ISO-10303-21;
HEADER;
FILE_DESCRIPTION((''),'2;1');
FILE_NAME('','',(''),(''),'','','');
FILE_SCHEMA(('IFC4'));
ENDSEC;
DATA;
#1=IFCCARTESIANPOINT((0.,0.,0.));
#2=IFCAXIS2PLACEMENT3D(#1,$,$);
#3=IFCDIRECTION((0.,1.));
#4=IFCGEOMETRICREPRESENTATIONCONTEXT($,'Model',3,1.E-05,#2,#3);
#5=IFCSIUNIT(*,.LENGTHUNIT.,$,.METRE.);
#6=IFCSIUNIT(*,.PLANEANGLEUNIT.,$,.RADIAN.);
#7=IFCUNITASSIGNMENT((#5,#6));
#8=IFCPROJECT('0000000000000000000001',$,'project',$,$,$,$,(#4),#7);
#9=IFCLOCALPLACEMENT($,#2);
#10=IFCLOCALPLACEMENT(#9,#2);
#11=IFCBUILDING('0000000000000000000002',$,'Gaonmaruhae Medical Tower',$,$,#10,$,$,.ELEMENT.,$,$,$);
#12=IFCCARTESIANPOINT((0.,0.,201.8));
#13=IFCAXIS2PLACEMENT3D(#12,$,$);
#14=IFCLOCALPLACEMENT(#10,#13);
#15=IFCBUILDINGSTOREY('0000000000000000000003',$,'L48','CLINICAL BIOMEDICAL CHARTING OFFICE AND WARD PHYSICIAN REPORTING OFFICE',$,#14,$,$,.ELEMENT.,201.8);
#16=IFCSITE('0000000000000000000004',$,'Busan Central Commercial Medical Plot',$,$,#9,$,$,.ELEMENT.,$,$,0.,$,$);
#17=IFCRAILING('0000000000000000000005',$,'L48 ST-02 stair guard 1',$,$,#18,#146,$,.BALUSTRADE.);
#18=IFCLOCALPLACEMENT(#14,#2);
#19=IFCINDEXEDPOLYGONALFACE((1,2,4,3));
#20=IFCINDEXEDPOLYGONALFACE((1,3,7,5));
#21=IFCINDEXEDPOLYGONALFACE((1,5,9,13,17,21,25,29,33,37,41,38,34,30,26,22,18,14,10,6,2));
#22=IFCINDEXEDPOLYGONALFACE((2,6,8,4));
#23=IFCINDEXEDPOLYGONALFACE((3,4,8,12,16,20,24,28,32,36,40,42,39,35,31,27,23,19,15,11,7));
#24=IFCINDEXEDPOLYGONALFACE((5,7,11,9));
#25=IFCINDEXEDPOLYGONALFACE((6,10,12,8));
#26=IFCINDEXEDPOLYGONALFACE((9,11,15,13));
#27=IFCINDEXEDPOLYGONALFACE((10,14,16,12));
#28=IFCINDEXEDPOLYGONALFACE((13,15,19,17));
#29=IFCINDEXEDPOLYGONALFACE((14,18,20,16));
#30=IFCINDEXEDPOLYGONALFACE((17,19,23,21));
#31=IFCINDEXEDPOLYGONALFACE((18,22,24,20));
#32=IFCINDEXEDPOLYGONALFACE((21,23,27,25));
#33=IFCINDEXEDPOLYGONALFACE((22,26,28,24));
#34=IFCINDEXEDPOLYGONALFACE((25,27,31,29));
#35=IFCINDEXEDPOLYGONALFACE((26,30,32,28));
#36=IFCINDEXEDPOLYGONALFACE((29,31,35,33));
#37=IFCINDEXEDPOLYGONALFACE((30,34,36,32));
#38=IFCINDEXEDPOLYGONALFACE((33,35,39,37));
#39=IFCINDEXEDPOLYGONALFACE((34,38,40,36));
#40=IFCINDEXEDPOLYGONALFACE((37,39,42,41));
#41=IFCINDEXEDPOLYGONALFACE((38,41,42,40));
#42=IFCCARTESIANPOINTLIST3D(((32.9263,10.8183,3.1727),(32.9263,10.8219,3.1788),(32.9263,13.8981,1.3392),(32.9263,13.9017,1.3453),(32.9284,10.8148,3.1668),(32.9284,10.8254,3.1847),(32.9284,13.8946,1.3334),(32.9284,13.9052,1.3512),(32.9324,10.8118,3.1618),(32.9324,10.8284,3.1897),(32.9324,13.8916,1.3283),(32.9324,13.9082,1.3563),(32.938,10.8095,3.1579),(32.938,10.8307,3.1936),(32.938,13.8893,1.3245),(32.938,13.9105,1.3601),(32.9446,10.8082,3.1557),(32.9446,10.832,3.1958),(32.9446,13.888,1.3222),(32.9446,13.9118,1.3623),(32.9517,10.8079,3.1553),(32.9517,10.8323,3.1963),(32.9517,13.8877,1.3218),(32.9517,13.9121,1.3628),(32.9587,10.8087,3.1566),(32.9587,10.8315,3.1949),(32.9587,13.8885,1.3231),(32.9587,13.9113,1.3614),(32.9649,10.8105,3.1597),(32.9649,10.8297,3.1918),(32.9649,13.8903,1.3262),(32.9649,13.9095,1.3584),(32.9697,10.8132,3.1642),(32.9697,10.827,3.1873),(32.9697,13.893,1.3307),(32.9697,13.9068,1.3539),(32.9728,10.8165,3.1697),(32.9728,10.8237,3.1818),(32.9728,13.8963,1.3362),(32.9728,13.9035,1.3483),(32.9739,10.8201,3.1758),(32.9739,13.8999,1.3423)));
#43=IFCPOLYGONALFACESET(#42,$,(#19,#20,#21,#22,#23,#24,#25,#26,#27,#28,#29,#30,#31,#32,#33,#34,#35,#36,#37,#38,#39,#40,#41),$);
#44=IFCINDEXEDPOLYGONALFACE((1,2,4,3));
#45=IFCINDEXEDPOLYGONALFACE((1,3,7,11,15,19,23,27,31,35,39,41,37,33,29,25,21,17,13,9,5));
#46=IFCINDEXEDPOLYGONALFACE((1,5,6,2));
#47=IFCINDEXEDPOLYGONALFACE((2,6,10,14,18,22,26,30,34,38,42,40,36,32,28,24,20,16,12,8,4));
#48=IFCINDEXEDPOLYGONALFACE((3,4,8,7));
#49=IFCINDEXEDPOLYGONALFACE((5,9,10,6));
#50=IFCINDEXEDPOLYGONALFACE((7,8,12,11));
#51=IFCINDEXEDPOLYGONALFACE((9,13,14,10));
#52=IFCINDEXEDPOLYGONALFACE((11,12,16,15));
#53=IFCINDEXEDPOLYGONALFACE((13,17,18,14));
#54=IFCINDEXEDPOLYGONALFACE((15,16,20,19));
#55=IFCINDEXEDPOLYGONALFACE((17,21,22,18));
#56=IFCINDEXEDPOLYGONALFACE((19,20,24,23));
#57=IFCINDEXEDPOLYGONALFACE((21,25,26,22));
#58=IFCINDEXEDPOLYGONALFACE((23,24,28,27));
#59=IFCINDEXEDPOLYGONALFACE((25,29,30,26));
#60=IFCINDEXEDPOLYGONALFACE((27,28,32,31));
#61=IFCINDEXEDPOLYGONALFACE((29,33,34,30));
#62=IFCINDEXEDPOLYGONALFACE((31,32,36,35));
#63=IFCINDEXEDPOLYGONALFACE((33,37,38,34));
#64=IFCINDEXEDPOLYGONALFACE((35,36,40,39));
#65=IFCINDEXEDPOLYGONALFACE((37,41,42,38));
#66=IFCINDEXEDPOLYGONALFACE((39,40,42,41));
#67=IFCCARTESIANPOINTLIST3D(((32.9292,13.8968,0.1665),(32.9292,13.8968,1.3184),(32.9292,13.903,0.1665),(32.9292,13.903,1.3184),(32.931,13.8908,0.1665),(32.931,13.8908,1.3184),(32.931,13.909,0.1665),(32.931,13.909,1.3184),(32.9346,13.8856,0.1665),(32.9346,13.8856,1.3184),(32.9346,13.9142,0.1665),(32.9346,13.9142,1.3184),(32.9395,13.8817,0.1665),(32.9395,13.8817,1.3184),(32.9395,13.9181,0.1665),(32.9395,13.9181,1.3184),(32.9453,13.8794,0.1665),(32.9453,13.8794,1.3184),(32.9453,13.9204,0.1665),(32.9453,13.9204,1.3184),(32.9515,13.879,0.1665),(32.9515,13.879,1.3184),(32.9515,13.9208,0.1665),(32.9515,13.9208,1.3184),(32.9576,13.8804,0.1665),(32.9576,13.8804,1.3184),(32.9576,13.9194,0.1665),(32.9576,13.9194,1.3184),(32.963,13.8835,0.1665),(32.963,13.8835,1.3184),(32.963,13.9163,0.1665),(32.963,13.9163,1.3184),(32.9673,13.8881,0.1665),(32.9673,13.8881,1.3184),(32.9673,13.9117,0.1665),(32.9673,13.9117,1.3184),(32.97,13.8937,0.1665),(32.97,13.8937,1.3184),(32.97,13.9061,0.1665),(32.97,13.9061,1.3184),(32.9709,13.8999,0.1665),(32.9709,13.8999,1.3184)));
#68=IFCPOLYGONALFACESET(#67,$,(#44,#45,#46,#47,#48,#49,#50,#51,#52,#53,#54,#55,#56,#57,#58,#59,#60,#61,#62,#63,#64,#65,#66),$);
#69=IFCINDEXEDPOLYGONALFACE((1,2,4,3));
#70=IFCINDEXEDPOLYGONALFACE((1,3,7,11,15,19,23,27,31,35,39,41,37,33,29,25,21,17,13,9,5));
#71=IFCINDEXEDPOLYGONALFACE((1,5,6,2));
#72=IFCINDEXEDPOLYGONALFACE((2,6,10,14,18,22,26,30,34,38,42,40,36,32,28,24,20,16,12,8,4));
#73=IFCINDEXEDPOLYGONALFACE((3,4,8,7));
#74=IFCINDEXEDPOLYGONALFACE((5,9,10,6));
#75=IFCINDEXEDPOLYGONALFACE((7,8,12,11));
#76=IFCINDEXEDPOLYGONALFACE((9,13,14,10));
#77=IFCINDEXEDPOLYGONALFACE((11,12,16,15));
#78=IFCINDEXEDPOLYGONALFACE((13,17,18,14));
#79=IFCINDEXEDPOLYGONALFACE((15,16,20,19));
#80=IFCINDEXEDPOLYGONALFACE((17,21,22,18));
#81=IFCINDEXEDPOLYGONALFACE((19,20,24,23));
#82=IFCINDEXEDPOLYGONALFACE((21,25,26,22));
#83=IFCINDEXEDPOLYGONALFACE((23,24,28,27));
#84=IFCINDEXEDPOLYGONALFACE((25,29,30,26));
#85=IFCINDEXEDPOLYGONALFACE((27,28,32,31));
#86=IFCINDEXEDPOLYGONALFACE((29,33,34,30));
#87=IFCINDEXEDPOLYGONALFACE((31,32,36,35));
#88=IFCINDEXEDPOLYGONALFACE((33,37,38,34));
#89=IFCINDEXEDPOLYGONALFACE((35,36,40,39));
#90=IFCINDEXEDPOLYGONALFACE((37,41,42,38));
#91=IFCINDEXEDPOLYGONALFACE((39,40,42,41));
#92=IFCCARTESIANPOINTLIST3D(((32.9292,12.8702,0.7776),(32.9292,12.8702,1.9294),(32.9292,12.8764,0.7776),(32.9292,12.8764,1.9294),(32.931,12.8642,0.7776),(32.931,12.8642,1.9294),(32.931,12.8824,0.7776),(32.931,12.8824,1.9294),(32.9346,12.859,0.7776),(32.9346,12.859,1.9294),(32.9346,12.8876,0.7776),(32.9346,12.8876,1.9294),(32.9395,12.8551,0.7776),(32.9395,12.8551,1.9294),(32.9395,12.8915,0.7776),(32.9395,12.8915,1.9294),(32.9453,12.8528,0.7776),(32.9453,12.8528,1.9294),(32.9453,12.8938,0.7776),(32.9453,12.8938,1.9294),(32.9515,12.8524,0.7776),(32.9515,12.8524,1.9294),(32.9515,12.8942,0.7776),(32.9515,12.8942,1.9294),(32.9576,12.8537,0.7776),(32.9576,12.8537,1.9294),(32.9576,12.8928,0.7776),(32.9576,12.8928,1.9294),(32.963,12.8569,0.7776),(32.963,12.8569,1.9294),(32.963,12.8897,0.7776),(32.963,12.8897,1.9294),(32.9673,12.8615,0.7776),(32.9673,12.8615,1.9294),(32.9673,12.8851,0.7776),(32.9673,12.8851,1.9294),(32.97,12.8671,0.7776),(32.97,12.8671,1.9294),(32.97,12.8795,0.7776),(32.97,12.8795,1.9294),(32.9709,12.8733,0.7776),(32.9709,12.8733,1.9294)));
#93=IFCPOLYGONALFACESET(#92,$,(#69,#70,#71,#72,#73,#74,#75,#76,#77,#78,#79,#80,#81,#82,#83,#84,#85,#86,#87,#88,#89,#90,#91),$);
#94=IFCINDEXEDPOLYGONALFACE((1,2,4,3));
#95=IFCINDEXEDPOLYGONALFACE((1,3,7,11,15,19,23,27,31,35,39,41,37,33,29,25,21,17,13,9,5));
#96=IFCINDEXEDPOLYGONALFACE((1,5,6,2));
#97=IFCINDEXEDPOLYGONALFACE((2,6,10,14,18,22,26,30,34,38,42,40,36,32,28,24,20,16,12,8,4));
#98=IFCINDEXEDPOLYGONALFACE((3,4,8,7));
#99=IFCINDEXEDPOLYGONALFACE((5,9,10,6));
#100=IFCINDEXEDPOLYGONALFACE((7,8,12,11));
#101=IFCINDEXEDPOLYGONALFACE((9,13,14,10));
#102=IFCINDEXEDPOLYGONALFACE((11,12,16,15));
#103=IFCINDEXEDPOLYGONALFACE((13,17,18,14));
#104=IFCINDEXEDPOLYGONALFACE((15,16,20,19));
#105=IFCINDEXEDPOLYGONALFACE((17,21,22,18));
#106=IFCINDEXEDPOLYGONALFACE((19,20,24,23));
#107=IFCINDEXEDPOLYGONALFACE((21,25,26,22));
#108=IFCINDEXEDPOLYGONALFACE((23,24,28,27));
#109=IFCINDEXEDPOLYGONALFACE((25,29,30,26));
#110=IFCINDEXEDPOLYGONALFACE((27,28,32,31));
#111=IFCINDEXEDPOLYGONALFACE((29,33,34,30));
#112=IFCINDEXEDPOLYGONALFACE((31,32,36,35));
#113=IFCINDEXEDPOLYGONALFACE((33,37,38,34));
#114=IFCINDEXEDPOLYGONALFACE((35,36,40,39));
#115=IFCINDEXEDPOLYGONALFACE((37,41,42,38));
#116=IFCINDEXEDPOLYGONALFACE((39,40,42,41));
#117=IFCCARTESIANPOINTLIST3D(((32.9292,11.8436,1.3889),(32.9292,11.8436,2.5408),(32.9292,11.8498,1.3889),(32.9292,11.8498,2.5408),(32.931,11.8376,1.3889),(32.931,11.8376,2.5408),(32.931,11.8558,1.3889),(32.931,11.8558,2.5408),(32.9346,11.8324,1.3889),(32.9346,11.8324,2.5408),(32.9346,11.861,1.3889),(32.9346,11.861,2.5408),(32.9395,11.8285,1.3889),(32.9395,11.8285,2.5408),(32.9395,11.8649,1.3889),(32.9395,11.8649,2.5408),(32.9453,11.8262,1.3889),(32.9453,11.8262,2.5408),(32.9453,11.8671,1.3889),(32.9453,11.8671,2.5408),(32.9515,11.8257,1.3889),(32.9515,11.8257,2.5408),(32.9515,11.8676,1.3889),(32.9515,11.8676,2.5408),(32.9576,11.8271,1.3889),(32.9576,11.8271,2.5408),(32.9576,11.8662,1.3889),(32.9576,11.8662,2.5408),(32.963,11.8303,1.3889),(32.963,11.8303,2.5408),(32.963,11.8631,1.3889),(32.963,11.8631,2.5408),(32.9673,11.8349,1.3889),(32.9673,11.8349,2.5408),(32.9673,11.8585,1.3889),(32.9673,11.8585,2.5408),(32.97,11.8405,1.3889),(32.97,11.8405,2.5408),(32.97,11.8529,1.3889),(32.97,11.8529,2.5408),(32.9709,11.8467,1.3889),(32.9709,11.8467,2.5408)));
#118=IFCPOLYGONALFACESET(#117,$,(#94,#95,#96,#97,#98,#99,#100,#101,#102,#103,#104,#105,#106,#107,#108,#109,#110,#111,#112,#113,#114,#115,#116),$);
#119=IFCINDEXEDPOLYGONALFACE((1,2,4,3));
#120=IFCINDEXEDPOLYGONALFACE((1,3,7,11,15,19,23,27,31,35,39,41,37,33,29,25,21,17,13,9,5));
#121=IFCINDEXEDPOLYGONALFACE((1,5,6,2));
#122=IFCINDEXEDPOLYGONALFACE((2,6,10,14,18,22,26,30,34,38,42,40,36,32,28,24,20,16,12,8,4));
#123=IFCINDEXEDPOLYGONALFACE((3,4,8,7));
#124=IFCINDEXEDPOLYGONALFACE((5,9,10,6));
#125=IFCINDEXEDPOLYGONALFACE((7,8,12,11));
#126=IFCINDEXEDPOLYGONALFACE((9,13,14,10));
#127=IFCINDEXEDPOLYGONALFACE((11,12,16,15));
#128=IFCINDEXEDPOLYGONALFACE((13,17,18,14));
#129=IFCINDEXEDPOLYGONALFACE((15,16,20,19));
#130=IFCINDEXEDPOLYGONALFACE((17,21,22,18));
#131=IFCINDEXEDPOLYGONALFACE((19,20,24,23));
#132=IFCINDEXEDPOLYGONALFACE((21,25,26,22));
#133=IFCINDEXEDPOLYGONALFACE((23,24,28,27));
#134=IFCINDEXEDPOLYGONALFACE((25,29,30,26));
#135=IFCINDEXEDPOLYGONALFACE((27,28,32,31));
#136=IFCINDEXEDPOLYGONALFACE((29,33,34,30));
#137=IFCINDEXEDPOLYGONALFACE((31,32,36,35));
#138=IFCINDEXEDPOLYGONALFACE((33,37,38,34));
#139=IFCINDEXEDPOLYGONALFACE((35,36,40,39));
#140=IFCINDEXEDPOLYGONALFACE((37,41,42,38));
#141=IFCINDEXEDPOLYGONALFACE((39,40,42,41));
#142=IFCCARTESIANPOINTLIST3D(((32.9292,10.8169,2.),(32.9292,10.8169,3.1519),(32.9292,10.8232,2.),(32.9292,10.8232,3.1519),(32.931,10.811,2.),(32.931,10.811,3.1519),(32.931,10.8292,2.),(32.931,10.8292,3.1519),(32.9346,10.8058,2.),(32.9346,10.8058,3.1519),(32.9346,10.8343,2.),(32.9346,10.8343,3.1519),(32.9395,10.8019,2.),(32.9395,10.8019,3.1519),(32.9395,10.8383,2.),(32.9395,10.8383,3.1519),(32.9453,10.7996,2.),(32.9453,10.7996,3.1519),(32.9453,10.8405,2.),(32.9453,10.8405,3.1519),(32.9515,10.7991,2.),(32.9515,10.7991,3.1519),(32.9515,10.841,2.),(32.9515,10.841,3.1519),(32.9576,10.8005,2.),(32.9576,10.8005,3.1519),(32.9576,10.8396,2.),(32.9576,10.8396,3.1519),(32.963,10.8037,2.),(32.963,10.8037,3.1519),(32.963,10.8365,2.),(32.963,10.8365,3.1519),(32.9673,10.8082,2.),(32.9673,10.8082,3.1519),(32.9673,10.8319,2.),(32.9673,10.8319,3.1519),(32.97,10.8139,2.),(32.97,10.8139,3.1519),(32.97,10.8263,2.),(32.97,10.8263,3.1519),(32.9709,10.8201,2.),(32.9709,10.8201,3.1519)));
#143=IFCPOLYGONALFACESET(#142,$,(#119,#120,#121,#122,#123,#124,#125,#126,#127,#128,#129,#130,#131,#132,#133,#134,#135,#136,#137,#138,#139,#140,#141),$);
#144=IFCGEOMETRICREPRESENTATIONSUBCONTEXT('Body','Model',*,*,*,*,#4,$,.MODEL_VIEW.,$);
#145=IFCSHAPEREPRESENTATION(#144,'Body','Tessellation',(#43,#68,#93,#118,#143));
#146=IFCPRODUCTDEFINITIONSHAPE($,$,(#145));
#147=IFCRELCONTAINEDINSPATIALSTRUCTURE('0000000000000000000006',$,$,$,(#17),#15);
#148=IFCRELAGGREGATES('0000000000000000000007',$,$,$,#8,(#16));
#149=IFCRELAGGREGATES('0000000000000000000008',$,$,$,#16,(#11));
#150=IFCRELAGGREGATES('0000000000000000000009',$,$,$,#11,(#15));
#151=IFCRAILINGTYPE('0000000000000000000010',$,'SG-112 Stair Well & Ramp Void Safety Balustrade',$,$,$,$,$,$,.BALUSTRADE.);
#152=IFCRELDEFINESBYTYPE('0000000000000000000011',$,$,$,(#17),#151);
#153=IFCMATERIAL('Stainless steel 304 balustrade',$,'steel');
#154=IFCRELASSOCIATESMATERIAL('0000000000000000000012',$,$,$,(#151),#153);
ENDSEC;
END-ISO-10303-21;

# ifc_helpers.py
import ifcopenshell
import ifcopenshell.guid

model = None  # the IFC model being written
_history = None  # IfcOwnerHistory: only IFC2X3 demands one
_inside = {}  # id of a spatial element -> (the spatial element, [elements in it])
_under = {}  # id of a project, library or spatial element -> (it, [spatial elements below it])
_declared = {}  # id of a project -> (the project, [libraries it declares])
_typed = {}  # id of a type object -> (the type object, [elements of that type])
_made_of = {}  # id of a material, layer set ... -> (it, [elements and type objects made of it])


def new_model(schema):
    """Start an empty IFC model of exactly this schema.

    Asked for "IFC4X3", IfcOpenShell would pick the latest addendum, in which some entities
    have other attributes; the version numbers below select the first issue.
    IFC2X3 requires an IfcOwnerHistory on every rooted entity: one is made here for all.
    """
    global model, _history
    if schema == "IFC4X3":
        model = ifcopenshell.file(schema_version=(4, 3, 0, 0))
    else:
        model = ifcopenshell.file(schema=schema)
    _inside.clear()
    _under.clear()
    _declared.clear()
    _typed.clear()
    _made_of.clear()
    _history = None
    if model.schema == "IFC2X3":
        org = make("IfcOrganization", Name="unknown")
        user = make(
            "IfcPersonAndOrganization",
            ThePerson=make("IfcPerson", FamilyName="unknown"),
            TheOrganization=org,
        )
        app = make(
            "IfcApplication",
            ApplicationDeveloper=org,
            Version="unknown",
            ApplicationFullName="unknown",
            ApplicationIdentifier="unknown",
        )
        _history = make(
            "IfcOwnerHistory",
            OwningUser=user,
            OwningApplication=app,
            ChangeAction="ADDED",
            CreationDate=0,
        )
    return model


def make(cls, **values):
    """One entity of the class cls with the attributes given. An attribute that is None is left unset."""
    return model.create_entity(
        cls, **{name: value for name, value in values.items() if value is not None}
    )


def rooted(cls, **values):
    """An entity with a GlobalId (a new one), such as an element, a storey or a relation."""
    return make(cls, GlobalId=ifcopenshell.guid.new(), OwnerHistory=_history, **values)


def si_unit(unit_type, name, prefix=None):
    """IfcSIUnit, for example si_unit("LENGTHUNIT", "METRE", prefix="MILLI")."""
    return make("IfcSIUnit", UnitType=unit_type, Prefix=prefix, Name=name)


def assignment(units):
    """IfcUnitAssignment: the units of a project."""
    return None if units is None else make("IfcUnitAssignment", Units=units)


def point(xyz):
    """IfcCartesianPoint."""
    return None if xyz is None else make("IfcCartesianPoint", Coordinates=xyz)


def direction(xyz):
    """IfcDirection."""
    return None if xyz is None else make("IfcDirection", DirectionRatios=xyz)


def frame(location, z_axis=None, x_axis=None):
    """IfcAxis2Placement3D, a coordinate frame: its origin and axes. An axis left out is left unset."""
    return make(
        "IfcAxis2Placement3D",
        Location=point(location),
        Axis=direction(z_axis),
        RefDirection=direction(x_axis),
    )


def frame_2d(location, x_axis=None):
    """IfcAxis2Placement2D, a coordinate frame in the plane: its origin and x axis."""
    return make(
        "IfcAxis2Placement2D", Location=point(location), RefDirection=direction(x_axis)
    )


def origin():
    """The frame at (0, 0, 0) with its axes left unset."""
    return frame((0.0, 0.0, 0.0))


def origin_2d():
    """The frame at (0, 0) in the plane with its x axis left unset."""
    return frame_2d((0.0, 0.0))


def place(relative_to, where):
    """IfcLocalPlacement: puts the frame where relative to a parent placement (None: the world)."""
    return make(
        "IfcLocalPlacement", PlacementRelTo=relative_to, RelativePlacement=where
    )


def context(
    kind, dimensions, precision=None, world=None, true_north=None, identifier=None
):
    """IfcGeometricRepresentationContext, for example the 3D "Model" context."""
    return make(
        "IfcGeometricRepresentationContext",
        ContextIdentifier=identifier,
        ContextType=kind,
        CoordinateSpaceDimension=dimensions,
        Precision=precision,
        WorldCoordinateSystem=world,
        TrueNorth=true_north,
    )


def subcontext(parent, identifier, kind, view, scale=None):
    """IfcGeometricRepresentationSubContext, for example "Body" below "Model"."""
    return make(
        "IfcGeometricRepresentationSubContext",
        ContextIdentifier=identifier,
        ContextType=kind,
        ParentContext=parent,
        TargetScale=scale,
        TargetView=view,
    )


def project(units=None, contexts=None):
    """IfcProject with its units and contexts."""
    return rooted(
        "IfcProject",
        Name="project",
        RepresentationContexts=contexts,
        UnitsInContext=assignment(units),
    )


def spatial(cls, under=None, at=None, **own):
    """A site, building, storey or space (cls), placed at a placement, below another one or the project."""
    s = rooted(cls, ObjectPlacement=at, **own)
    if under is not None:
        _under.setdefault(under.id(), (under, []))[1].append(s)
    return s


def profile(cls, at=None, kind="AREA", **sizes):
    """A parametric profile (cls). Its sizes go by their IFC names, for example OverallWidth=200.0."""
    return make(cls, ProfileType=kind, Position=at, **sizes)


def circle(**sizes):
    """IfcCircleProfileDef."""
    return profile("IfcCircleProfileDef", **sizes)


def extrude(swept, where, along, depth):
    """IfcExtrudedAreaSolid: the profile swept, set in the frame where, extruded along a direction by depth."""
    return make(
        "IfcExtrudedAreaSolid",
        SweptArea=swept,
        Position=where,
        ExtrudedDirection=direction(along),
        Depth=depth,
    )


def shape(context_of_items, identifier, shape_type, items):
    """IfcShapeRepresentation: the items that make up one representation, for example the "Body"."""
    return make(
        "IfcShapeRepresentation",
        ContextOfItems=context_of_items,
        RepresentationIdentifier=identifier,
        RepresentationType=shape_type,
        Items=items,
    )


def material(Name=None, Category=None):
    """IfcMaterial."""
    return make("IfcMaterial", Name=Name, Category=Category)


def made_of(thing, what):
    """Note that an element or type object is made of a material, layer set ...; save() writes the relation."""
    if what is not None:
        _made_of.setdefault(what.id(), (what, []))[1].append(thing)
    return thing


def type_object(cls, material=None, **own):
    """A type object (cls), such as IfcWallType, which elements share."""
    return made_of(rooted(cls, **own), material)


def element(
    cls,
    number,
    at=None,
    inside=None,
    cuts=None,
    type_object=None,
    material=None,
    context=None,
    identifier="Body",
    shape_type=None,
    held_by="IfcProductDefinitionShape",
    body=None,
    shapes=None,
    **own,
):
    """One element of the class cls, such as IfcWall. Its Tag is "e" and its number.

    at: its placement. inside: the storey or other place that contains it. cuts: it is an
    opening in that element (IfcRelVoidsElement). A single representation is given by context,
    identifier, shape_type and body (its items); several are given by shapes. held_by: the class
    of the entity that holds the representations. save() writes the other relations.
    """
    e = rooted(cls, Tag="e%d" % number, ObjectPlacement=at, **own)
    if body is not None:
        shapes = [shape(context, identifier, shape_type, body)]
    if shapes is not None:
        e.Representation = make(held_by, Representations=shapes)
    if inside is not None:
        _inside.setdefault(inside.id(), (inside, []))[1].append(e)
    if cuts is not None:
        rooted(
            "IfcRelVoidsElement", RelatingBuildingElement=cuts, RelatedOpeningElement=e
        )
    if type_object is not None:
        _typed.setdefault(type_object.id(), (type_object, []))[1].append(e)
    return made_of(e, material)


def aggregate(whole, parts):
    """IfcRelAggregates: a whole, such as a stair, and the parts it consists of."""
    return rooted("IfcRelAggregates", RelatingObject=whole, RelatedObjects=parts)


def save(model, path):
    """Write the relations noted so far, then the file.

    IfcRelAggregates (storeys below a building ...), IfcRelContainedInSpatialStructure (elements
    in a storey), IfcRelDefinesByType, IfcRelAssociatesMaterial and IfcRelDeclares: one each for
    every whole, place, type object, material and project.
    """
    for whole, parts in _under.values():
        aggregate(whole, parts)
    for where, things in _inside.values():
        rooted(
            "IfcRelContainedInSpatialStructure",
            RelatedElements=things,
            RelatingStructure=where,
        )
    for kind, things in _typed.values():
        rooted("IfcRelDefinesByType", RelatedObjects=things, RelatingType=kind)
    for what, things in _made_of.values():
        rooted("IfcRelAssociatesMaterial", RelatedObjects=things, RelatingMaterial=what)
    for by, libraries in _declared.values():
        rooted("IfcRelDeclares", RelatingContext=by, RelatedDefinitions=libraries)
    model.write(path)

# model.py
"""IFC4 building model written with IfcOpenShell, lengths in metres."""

from ifc_helpers import new_model, si_unit, direction, frame, origin, origin_2d, place, context, subcontext, project, spatial, circle, extrude, material, type_object, element, save


model = new_model("IFC4")

# Units and contexts
model_context = context("Model", 3, precision=1e-05, world=origin(), true_north=direction((0.0, 1.0)))
body_context = subcontext(model_context, "Body", "Model", "MODEL_VIEW")
ifc_project = project(units=[si_unit("LENGTHUNIT", "METRE"), si_unit("PLANEANGLEUNIT", "RADIAN")], contexts=[model_context])

# Site, building, storey
site_placement = place(None, origin())
site = spatial("IfcSite", under=ifc_project, at=site_placement, Name="Busan Central Commercial Medical Plot", CompositionType="ELEMENT", RefElevation=0.0)
building_placement = place(site_placement, origin())
building = spatial("IfcBuilding", under=site, at=building_placement, Name="Gaonmaruhae Medical Tower", CompositionType="ELEMENT")
storey_placement = place(building_placement, frame((0.0, 0.0, 201.8)))
storey = spatial("IfcBuildingStorey", under=building, at=storey_placement, Name="L48", Description="CLINICAL BIOMEDICAL CHARTING OFFICE AND WARD PHYSICIAN REPORTING OFFICE", CompositionType="ELEMENT", Elevation=201.8)

# Railing
ifc_material_1 = material(Name="Stainless steel 304 balustrade", Category="steel")
railing_type_1 = type_object("IfcRailingType", Name="SG-112 Stair Well & Ramp Void Safety Balustrade", PredefinedType="BALUSTRADE", material=ifc_material_1)
railing_1_placement = place(storey_placement, frame((32.95, 13.8999, 0.1665)))
element("IfcRailing", 1, at=railing_1_placement, inside=storey, type_object=railing_type_1, Name="L48 ST-02 stair guard 1", PredefinedType="BALUSTRADE", context=body_context, shape_type="SweptSolid", body=[
    extrude(circle(Radius=0.0239, at=origin_2d()), frame((0.0, 0.0, 1.1758), z_axis=(0.0, -0.859261, 0.511538), x_axis=(1.0, 0.0, 0.0)), (0.0, 0.0, 1.0), 3.5842),
    extrude(circle(Radius=0.021, at=origin_2d()), origin(), (0.0, 0.0, 1.0), 1.1519),
    extrude(circle(Radius=0.021, at=origin_2d()), frame((0.0, -1.0266, 0.6111)), (0.0, 0.0, 1.0), 1.1519),
    extrude(circle(Radius=0.021, at=origin_2d()), frame((0.0, -2.0532, 1.2224)), (0.0, 0.0, 1.0), 1.1519),
    extrude(circle(Radius=0.021, at=origin_2d()), frame((0.0, -3.0798, 1.8335)), (0.0, 0.0, 1.0), 1.1519),
])

save(model, "model.ifc")
